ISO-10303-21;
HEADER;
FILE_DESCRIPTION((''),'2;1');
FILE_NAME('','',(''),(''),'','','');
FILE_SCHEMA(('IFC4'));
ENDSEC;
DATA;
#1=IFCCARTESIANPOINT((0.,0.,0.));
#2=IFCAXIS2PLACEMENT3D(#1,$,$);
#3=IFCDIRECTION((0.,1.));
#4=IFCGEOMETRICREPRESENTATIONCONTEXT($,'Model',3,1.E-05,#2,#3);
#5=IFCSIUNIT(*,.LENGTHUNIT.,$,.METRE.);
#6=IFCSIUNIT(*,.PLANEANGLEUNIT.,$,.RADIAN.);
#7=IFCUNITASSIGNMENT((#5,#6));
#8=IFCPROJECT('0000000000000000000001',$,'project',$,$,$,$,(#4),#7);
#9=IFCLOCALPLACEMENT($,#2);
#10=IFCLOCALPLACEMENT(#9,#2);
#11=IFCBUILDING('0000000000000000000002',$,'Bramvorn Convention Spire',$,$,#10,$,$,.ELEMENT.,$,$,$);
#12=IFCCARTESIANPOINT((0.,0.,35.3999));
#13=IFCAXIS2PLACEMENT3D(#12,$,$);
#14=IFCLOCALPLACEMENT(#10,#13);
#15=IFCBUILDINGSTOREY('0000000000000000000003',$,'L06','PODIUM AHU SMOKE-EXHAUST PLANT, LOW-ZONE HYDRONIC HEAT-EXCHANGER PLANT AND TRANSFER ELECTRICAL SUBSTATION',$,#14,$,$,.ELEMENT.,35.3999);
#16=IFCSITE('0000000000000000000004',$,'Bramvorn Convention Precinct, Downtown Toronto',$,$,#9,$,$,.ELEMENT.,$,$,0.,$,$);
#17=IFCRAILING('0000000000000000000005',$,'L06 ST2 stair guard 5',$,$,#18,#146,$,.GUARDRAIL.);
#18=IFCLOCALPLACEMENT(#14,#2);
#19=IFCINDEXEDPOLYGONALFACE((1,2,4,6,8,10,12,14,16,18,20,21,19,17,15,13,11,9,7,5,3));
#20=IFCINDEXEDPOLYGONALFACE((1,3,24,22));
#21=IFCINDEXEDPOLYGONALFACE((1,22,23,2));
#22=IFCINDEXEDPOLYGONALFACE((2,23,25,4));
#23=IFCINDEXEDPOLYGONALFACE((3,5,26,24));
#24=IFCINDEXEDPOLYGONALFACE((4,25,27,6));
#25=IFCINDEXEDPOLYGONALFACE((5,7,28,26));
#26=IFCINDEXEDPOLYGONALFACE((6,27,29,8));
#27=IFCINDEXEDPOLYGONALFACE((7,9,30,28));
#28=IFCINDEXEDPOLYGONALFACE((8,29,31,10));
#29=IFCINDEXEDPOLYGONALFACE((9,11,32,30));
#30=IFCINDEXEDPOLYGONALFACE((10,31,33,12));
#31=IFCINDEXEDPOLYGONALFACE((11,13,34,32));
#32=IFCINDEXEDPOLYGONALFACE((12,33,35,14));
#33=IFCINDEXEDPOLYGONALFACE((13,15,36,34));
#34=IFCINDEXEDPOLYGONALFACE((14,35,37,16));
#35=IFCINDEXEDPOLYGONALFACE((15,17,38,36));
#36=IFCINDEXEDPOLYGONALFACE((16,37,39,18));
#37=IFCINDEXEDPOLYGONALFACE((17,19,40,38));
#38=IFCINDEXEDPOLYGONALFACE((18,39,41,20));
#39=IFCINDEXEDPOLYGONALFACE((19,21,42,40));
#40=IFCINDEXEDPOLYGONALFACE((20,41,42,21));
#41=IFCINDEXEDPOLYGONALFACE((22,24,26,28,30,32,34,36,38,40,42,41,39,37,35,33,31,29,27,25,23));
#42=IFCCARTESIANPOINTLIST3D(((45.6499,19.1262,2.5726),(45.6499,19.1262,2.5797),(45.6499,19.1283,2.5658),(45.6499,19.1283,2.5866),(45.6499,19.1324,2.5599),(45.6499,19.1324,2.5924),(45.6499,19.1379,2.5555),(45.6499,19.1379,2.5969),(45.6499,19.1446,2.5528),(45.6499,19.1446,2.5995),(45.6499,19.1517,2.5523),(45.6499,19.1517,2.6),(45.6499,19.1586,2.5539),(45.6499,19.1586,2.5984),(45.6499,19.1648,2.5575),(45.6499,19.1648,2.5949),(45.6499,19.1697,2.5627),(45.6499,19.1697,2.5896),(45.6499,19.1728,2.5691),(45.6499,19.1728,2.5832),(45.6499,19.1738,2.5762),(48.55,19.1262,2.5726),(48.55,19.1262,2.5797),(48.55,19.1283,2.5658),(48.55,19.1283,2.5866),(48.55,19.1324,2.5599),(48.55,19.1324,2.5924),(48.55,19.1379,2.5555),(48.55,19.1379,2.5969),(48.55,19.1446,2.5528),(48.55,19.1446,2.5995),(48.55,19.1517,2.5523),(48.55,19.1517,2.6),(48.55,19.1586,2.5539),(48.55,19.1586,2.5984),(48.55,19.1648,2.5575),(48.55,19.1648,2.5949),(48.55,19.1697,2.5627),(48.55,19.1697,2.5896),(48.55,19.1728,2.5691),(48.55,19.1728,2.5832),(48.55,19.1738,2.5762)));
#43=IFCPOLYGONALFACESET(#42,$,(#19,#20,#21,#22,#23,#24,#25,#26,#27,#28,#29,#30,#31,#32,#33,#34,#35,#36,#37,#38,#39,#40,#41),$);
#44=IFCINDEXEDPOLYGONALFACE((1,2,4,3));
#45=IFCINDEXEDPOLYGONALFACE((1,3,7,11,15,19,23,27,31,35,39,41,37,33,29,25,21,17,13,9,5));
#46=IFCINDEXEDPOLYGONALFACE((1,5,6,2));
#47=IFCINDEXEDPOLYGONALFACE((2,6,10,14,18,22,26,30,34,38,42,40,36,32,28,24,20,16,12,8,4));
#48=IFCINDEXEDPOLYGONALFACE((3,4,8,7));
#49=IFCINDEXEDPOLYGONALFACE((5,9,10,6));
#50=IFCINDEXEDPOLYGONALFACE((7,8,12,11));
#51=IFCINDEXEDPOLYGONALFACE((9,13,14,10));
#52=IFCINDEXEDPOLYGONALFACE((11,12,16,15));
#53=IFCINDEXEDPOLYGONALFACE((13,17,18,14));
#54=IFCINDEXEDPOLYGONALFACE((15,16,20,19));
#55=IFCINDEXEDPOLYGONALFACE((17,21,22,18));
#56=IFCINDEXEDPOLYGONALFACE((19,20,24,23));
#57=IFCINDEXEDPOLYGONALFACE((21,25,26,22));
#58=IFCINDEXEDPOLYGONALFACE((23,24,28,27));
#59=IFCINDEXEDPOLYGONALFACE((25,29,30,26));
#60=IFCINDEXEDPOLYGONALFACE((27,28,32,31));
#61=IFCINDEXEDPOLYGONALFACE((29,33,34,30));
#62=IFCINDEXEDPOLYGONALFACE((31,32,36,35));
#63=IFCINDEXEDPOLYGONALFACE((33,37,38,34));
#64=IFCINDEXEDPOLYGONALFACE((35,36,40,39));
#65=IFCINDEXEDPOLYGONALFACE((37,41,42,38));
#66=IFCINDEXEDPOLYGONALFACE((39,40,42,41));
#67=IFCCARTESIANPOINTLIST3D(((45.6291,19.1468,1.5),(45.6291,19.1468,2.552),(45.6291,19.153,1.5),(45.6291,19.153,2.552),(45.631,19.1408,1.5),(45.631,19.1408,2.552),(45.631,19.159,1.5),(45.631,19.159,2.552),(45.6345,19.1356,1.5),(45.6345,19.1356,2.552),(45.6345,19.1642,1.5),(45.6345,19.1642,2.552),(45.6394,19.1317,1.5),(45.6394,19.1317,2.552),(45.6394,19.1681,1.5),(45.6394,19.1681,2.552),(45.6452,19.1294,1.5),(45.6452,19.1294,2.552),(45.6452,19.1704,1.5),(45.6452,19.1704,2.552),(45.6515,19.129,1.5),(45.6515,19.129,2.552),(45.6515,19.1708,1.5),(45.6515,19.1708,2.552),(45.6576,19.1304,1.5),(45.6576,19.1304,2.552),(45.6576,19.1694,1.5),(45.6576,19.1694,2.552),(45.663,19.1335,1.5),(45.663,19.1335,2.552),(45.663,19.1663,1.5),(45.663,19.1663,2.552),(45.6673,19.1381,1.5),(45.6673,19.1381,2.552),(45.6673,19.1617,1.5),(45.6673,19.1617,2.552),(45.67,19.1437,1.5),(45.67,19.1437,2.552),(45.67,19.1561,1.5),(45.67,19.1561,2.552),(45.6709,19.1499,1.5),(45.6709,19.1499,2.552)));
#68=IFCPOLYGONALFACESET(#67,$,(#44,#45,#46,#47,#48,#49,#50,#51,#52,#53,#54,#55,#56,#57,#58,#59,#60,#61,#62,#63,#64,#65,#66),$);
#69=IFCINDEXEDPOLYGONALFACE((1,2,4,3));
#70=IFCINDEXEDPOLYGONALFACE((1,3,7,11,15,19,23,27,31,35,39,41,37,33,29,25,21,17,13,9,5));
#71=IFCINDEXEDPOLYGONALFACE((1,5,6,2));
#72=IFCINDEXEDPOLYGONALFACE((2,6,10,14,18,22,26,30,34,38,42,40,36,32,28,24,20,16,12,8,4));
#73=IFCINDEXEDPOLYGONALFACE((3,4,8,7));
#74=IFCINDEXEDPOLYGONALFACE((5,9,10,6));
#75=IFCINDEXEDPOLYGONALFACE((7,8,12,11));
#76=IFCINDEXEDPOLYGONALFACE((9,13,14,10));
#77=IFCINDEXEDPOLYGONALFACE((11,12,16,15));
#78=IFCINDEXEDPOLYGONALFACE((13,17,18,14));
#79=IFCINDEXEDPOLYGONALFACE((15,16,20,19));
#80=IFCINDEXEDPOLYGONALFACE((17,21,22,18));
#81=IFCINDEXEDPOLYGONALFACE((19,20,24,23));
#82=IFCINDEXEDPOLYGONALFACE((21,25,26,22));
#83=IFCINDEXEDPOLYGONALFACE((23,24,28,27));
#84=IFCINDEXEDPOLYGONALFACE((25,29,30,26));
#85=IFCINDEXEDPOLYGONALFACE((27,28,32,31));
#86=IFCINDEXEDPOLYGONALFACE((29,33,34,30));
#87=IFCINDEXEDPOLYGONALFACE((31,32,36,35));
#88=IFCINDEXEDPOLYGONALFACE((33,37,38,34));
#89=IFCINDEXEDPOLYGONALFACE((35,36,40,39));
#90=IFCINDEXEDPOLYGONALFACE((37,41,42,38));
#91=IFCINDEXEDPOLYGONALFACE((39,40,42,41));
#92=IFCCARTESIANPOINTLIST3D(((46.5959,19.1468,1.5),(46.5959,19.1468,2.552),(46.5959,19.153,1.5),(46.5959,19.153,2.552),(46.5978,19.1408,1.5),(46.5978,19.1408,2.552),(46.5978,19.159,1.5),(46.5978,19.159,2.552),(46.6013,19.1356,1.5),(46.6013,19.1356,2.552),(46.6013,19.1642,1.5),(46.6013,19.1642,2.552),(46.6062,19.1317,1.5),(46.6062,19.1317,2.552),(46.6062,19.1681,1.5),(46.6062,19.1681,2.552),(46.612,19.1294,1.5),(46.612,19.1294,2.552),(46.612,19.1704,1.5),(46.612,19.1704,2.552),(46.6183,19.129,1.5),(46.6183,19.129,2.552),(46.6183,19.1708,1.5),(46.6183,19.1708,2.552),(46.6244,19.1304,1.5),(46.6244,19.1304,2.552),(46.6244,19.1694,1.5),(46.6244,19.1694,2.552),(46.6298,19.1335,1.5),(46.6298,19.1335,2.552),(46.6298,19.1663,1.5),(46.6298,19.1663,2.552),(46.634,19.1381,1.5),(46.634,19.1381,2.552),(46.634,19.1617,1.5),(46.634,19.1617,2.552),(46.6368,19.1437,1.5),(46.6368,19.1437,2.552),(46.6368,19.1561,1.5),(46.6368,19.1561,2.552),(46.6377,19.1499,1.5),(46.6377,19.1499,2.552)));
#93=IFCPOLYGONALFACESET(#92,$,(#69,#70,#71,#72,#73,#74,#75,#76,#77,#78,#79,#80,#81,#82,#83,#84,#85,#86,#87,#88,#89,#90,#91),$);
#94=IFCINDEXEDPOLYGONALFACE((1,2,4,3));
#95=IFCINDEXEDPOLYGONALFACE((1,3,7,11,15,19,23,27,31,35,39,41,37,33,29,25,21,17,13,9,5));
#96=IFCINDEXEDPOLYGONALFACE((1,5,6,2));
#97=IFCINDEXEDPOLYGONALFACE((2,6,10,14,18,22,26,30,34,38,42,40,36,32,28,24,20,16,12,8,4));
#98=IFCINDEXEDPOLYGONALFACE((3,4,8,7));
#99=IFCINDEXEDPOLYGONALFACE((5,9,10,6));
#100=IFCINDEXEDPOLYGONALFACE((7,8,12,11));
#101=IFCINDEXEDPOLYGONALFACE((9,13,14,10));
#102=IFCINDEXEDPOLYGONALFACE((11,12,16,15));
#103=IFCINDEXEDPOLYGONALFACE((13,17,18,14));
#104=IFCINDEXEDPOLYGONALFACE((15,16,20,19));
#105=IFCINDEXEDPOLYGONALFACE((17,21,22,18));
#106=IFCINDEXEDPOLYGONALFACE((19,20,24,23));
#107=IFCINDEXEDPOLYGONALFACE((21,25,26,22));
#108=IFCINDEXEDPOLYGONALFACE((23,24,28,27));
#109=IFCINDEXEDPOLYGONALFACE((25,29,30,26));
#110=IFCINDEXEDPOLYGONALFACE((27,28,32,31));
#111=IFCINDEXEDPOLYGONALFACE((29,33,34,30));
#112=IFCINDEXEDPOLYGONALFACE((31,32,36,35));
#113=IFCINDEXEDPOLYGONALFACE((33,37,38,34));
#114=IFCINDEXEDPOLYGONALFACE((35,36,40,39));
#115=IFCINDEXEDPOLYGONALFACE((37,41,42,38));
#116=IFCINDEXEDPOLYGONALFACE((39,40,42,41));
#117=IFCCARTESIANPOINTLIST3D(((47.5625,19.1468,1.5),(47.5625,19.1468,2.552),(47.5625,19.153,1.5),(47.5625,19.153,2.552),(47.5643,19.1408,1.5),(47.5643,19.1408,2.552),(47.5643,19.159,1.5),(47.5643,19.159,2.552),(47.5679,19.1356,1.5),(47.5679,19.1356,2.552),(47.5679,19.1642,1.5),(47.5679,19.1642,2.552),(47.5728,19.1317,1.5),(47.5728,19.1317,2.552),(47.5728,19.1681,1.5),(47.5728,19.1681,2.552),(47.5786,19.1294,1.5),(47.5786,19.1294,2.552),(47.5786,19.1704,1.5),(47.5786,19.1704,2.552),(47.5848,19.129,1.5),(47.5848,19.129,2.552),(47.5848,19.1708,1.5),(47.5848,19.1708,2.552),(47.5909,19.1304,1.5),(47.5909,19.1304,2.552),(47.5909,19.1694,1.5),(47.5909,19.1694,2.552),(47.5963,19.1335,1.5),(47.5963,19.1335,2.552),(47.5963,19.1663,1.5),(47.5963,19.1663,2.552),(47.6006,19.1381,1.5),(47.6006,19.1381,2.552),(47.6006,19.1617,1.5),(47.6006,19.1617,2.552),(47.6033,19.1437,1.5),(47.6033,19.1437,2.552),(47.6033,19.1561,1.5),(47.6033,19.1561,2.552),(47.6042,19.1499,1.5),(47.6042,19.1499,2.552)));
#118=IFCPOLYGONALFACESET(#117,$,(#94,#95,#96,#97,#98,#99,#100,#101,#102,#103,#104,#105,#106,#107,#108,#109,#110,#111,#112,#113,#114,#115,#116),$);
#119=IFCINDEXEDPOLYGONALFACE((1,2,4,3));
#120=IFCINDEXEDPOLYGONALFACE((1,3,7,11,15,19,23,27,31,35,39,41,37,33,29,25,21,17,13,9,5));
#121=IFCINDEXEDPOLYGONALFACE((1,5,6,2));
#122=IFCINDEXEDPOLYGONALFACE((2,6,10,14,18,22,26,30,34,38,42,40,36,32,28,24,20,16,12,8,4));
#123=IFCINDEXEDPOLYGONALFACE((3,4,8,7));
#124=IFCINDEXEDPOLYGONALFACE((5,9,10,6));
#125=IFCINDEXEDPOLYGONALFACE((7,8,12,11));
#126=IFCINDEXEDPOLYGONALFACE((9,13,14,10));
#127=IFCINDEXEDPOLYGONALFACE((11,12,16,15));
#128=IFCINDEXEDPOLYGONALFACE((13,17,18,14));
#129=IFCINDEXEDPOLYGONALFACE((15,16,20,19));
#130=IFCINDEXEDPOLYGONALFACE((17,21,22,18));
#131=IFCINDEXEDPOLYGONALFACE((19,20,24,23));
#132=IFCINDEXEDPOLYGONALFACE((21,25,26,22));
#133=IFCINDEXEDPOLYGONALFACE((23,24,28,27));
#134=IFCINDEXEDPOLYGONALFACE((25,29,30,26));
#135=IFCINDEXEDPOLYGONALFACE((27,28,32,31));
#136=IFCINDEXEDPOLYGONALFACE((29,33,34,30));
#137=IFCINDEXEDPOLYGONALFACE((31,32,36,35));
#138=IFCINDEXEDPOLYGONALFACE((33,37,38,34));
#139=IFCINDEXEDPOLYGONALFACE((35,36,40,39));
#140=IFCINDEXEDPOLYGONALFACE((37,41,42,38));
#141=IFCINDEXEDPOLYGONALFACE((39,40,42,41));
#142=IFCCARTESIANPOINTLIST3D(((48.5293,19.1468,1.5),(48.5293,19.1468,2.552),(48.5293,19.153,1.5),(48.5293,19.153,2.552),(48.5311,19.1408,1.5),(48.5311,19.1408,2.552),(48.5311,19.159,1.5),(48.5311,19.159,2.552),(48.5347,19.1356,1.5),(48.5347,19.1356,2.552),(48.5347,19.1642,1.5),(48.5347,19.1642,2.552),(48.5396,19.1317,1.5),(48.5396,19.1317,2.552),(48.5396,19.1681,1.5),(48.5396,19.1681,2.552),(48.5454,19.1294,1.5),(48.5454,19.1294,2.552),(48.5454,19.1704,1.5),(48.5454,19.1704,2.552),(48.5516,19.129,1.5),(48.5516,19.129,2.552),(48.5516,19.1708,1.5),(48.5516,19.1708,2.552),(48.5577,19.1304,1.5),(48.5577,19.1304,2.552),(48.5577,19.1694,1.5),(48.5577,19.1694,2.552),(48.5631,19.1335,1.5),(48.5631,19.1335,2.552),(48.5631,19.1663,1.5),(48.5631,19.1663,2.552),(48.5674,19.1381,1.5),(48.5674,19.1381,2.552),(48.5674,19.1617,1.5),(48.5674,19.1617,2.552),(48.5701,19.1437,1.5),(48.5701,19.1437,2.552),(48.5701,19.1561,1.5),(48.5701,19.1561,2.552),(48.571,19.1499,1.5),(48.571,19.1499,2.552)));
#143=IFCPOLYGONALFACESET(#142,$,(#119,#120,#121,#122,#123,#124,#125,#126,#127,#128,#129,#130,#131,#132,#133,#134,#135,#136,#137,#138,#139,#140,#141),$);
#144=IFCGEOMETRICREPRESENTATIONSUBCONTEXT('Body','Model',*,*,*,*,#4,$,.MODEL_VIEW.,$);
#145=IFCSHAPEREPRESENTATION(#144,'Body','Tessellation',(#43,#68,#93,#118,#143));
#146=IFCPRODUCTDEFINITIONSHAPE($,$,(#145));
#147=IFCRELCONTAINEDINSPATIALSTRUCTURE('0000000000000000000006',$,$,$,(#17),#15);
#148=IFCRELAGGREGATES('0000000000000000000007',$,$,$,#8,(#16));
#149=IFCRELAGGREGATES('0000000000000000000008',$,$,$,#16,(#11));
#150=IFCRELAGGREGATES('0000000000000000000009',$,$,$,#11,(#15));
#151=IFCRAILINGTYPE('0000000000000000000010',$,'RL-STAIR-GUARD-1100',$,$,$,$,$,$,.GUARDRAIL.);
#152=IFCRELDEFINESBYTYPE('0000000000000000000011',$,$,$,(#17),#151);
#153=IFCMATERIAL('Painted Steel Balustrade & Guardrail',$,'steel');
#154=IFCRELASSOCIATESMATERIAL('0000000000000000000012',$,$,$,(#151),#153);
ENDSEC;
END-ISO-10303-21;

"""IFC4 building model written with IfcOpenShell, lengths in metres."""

from ifc_helpers import new_model, si_unit, direction, frame, origin, origin_2d, place, context, subcontext, project, spatial, circle, extrude, material, type_object, element, save


model = new_model("IFC4")

# Units and contexts
model_context = context("Model", 3, precision=1e-05, world=origin(), true_north=direction((0.0, 1.0)))
body_context = subcontext(model_context, "Body", "Model", "MODEL_VIEW")
ifc_project = project(units=[si_unit("LENGTHUNIT", "METRE"), si_unit("PLANEANGLEUNIT", "RADIAN")], contexts=[model_context])

# Site, building, storey
site_placement = place(None, origin())
site = spatial("IfcSite", under=ifc_project, at=site_placement, Name="Bramvorn Convention Precinct, Downtown Toronto", CompositionType="ELEMENT", RefElevation=0.0)
building_placement = place(site_placement, origin())
building = spatial("IfcBuilding", under=site, at=building_placement, Name="Bramvorn Convention Spire", CompositionType="ELEMENT")
storey_placement = place(building_placement, frame((0.0, 0.0, 35.3999)))
storey = spatial("IfcBuildingStorey", under=building, at=storey_placement, Name="L06", Description="PODIUM AHU SMOKE-EXHAUST PLANT, LOW-ZONE HYDRONIC HEAT-EXCHANGER PLANT AND TRANSFER ELECTRICAL SUBSTATION", CompositionType="ELEMENT", Elevation=35.3999)

# Railing
ifc_material_1 = material(Name="Painted Steel Balustrade & Guardrail", Category="steel")
railing_type_1 = type_object("IfcRailingType", Name="RL-STAIR-GUARD-1100", PredefinedType="GUARDRAIL", material=ifc_material_1)
railing_1_placement = place(storey_placement, frame((45.6499, 19.1499, 1.5)))
element("IfcRailing", 1, at=railing_1_placement, inside=storey, type_object=railing_type_1, Name="L06 ST2 stair guard 5", PredefinedType="GUARDRAIL", context=body_context, shape_type="SweptSolid", body=[
    extrude(circle(Radius=0.0239, at=origin_2d()), frame((0.0, 0.0, 1.0762), z_axis=(1.0, 0.0, 0.0), x_axis=(0.0, 1.0, 0.0)), (0.0, 0.0, 1.0), 2.9001),
    extrude(circle(Radius=0.021, at=origin_2d()), origin(), (0.0, 0.0, 1.0), 1.052),
    extrude(circle(Radius=0.021, at=origin_2d()), frame((0.9668, 0.0, 0.0)), (0.0, 0.0, 1.0), 1.052),
    extrude(circle(Radius=0.021, at=origin_2d()), frame((1.9333, 0.0, 0.0)), (0.0, 0.0, 1.0), 1.052),
    extrude(circle(Radius=0.021, at=origin_2d()), frame((2.9001, 0.0, 0.0)), (0.0, 0.0, 1.0), 1.052),
])

save(model, "model.ifc")
